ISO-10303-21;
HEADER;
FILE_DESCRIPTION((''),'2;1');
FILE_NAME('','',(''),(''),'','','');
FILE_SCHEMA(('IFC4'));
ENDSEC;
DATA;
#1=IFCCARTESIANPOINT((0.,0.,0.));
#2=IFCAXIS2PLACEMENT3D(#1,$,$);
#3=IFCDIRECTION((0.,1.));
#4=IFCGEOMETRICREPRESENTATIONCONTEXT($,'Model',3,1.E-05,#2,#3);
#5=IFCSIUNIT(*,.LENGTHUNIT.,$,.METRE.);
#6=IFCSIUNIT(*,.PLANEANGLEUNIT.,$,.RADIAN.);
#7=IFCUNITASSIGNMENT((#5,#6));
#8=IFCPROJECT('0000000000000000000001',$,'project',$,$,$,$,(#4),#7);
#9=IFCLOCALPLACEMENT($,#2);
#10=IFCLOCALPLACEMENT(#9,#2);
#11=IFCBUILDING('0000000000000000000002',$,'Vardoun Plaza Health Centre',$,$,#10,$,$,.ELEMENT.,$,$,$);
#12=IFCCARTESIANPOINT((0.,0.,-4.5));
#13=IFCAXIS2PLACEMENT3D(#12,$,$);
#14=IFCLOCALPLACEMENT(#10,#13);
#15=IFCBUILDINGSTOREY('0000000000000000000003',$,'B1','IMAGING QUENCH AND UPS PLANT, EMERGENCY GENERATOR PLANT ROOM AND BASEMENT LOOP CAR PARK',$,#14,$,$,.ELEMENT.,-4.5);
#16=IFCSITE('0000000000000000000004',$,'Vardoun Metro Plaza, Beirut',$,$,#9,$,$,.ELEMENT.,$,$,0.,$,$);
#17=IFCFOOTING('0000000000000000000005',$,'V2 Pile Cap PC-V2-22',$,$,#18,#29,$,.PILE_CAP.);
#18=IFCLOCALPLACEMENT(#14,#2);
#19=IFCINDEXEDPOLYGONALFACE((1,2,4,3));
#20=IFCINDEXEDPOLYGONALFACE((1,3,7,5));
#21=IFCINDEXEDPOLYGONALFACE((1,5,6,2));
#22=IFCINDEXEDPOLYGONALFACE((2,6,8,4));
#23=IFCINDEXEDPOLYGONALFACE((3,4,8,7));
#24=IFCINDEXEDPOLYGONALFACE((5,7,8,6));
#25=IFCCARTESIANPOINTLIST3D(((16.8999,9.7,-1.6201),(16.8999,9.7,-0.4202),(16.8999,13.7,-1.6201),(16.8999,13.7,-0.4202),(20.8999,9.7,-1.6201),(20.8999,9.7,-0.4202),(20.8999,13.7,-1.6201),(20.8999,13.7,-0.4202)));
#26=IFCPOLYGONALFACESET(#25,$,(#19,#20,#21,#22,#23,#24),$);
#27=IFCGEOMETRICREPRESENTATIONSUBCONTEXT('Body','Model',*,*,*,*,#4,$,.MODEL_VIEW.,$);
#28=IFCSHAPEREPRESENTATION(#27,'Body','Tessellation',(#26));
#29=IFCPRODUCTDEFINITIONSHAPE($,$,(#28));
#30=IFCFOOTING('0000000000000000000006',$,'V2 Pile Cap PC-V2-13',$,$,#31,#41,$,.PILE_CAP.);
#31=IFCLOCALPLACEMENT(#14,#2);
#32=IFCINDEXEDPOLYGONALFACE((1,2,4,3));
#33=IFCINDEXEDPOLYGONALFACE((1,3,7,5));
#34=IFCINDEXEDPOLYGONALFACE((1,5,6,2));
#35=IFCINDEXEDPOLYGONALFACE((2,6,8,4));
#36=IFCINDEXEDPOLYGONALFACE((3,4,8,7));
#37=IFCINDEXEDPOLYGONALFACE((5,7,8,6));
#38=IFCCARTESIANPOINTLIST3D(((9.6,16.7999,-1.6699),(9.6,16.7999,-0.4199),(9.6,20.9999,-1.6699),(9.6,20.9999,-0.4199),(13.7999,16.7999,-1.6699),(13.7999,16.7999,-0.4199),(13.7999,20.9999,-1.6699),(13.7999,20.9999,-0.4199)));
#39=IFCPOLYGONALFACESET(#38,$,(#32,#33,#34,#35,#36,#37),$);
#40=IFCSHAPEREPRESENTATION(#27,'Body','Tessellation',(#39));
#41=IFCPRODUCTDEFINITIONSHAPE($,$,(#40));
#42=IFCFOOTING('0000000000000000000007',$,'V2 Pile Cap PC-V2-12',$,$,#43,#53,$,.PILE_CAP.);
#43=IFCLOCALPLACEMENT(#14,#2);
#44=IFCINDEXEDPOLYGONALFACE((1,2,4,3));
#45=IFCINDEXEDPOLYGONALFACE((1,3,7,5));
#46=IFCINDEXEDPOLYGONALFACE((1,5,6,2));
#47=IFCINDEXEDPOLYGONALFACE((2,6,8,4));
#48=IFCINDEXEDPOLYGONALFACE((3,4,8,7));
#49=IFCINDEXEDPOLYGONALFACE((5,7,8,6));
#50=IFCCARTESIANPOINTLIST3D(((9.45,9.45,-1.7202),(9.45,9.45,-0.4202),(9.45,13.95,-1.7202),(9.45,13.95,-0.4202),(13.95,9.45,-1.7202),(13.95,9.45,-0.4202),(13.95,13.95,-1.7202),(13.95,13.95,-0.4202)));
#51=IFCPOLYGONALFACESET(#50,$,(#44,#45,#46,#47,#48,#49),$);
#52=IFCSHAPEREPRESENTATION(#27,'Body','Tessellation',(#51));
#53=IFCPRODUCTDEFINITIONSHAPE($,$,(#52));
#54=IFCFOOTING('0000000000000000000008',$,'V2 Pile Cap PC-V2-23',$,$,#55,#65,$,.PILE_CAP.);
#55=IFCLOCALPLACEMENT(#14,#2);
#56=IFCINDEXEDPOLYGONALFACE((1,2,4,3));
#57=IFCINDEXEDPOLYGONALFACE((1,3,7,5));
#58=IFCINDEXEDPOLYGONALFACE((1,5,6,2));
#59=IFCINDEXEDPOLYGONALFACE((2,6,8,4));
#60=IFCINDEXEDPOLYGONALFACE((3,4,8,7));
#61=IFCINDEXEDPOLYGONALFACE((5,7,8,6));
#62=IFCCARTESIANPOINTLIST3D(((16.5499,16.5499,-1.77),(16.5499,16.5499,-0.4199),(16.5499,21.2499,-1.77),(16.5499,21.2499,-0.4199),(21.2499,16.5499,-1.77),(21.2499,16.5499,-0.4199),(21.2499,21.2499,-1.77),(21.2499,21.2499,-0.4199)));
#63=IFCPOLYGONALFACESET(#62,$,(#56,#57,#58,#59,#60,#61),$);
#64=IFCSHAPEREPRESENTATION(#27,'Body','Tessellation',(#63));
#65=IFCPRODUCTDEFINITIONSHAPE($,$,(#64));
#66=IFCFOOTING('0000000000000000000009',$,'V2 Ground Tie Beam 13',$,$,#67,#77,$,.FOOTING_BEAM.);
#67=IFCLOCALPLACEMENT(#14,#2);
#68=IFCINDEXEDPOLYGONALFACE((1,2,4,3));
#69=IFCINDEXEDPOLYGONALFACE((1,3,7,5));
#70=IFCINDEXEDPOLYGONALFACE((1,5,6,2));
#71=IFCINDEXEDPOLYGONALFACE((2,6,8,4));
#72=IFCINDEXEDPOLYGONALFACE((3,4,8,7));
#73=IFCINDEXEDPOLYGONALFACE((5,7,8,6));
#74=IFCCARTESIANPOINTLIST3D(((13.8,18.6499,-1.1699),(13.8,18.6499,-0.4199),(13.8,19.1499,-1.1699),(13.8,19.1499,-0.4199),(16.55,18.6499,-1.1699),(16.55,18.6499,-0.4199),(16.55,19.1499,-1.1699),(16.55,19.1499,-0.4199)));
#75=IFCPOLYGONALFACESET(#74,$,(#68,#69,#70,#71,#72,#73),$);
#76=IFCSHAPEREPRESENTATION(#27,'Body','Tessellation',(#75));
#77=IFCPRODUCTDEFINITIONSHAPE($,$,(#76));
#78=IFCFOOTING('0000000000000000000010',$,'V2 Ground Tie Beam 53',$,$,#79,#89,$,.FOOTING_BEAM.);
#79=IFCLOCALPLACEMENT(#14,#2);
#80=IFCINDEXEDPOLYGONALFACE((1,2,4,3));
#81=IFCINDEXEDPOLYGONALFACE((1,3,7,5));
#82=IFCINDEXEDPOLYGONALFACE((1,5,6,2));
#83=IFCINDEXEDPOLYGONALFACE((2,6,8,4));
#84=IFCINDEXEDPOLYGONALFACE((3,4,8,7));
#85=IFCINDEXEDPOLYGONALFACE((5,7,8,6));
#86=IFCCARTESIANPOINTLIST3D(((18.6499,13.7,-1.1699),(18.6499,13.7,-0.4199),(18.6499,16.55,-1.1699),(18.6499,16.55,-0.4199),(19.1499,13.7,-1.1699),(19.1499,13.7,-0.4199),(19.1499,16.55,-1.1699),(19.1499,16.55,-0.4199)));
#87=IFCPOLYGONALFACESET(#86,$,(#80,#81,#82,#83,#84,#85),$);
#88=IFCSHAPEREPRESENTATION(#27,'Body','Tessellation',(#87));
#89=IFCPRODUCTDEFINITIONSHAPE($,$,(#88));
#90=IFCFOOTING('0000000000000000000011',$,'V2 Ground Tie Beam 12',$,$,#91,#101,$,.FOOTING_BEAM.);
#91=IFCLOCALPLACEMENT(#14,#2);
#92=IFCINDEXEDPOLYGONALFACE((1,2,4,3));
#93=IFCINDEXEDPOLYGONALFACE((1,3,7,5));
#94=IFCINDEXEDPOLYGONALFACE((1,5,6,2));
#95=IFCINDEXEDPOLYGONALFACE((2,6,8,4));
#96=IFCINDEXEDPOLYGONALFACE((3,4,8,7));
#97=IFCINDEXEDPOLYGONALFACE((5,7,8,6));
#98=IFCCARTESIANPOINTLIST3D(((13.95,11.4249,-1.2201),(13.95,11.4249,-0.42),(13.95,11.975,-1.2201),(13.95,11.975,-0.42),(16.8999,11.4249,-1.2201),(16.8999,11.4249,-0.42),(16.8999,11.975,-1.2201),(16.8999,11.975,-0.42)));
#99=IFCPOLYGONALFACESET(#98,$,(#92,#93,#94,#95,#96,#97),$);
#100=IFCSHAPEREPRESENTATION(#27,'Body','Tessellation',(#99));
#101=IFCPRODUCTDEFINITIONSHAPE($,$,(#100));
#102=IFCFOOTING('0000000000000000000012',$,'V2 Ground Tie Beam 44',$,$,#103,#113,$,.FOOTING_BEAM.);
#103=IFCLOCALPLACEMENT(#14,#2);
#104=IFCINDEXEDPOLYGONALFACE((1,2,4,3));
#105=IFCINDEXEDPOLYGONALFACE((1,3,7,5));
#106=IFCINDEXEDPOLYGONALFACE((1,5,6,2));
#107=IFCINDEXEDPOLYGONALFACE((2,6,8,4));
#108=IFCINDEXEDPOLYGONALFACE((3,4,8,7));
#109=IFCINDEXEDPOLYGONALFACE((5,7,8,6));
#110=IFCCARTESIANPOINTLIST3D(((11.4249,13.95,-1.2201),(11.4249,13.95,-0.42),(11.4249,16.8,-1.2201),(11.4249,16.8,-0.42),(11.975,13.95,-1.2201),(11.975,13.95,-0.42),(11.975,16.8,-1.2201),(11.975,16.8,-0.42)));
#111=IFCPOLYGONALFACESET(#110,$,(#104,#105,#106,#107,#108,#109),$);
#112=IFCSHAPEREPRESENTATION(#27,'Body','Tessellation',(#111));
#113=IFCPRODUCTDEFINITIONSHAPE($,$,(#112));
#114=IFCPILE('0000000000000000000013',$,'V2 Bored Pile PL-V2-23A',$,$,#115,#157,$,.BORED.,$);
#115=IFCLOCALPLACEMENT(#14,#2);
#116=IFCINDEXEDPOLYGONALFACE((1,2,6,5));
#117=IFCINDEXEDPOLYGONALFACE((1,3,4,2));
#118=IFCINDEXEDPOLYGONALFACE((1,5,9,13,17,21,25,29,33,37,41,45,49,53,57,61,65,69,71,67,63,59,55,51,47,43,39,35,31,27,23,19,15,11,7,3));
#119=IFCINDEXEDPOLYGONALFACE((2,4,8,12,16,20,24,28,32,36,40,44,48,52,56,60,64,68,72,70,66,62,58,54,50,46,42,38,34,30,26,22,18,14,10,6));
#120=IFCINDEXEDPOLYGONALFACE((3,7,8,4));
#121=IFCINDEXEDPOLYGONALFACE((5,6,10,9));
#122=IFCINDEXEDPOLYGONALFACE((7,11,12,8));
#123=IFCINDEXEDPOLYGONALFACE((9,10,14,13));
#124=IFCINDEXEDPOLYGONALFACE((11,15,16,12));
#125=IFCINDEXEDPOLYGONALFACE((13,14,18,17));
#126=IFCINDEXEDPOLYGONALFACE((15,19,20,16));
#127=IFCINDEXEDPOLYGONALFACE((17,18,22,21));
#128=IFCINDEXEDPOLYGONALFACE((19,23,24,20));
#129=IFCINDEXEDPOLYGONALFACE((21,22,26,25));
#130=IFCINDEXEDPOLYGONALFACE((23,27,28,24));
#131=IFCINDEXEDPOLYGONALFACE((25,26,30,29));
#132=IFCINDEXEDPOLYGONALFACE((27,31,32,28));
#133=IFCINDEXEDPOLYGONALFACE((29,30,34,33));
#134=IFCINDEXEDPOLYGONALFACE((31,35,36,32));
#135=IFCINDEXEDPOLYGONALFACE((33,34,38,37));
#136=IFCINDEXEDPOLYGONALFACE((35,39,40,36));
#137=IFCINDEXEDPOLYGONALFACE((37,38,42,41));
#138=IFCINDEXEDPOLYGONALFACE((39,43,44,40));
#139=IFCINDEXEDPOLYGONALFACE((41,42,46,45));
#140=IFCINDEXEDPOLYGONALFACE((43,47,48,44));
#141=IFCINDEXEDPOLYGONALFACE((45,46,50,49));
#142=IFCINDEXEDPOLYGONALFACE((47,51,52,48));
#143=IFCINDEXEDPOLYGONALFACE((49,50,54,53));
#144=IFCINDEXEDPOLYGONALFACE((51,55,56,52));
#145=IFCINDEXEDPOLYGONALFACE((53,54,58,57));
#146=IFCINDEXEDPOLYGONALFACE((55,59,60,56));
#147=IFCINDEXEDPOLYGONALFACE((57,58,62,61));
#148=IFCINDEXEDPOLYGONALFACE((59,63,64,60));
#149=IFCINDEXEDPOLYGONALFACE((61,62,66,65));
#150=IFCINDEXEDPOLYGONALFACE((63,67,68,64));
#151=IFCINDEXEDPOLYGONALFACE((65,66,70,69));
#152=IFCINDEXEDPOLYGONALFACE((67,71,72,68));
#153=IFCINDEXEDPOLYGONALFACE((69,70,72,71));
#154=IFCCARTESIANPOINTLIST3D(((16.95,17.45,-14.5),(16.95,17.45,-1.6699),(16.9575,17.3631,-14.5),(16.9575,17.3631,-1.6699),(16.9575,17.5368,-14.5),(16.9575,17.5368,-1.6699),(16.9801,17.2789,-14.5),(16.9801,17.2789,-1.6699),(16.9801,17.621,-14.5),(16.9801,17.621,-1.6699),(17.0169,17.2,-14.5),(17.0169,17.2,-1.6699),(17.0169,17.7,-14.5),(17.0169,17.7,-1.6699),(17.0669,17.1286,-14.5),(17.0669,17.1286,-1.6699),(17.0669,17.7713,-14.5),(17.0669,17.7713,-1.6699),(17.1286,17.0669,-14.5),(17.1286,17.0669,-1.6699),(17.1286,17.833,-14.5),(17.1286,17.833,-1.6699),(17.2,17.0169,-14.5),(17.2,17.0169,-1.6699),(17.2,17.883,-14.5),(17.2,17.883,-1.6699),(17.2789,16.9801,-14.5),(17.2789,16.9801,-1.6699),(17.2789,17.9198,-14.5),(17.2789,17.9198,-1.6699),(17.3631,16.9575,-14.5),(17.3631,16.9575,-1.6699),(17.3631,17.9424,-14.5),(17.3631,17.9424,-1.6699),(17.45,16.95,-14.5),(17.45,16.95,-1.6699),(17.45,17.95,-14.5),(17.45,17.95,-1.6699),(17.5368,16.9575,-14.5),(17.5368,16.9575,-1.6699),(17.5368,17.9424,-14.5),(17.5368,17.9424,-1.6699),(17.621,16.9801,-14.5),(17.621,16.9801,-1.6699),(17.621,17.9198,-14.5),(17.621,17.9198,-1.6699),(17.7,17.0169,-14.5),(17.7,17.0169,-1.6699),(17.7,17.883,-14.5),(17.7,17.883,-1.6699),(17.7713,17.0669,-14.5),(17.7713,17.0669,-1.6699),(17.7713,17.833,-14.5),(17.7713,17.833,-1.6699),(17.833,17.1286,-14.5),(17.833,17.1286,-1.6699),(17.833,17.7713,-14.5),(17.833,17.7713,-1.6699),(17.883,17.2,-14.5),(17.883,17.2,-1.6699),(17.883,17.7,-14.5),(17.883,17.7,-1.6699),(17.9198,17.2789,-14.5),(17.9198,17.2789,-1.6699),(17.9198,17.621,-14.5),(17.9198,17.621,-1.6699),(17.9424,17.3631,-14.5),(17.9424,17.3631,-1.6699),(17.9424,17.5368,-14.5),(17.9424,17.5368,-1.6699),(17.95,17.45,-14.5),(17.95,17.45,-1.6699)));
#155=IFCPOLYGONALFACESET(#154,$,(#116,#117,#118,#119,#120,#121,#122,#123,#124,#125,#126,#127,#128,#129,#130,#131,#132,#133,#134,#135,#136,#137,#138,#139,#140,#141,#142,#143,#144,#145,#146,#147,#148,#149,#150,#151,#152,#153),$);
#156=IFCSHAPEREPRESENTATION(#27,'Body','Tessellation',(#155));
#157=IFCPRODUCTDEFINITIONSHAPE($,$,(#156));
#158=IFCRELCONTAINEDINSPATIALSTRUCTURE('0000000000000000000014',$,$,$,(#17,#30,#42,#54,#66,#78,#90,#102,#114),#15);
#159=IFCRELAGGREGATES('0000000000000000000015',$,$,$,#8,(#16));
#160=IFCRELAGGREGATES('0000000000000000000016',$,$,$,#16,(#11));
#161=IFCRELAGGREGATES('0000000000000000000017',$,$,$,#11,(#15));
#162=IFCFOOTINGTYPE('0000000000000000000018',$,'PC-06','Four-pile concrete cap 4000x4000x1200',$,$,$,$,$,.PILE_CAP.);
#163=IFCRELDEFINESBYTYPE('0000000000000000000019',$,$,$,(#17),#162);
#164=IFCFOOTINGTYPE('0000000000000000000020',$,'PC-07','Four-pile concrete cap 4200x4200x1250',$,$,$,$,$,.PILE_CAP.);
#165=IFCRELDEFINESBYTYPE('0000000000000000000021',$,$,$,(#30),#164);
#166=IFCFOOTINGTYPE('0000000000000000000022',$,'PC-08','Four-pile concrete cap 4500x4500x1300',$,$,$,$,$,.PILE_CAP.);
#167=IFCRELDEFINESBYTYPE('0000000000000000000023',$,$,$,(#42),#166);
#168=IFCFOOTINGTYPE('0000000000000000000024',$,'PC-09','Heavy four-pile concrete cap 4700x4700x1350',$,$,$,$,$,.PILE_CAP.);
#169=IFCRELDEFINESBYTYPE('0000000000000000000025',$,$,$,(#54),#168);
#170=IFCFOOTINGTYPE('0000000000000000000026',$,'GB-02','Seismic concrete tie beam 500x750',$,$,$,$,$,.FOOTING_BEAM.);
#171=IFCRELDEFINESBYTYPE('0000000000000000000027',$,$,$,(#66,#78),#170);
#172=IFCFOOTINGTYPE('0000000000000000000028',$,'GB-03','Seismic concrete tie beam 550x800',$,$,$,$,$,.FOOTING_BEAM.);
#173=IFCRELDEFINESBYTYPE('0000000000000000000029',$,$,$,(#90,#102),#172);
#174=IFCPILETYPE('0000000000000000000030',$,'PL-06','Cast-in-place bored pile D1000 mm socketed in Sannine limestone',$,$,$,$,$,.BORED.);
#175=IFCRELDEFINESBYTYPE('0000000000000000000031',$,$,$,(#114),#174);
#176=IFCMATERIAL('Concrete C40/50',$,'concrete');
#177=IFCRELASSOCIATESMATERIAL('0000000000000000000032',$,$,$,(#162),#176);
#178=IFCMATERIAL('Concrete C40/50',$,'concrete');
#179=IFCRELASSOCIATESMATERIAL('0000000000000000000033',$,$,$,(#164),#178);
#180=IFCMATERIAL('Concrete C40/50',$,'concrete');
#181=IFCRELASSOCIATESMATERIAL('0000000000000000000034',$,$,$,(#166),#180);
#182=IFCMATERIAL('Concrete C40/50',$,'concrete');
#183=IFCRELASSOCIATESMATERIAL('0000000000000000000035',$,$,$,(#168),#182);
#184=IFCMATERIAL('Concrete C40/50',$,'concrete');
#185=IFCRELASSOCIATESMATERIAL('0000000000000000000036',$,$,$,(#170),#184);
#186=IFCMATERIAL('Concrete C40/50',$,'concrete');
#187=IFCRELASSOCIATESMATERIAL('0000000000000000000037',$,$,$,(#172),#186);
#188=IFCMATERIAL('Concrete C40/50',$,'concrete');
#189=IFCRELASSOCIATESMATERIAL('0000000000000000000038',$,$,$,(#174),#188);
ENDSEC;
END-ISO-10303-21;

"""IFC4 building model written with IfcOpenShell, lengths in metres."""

from ifc_helpers import new_model, si_unit, direction, frame, origin, origin_2d, place, context, subcontext, project, spatial, rectangle, circle, extrude, material, material_profile, profile_set, type_object, element, save


model = new_model("IFC4")

# Units and contexts
model_context = context("Model", 3, precision=1e-05, world=origin(), true_north=direction((0.0, 1.0)))
body_context = subcontext(model_context, "Body", "Model", "MODEL_VIEW")
ifc_project = project(units=[si_unit("LENGTHUNIT", "METRE"), si_unit("PLANEANGLEUNIT", "RADIAN")], contexts=[model_context])

# Site, building, storey
site_placement = place(None, origin())
site = spatial("IfcSite", under=ifc_project, at=site_placement, Name="Vardoun Metro Plaza, Beirut", CompositionType="ELEMENT", RefElevation=0.0)
building_placement = place(site_placement, origin())
building = spatial("IfcBuilding", under=site, at=building_placement, Name="Vardoun Plaza Health Centre", CompositionType="ELEMENT")
storey_placement = place(building_placement, frame((0.0, 0.0, -4.5)))
storey = spatial("IfcBuildingStorey", under=building, at=storey_placement, Name="B1", Description="IMAGING QUENCH AND UPS PLANT, EMERGENCY GENERATOR PLANT ROOM AND BASEMENT LOOP CAR PARK", CompositionType="ELEMENT", Elevation=-4.5)

# Footings
ifc_material_1 = material(Name="Concrete C40/50", Category="concrete")
footing_type_1 = type_object("IfcFootingType", Name="PC-06", Description="Four-pile concrete cap 4000x4000x1200", PredefinedType="PILE_CAP", material=ifc_material_1)
footing_1_placement = place(storey_placement, frame((18.8999, 11.7, -1.6201), z_axis=(0.0, 0.0, 1.0), x_axis=(1.0, 0.0, 0.0)))
element("IfcFooting", 1, at=footing_1_placement, inside=storey, type_object=footing_type_1, Name="V2 Pile Cap PC-V2-22", PredefinedType="PILE_CAP", context=body_context, shape_type="SweptSolid", body=[
    extrude(rectangle(XDim=4.0, YDim=4.0, at=origin_2d()), origin(), (0.0, 0.0, 1.0), 1.2),
])
ifc_material_2 = material(Name="Concrete C40/50", Category="concrete")
footing_type_2 = type_object("IfcFootingType", Name="PC-07", Description="Four-pile concrete cap 4200x4200x1250", PredefinedType="PILE_CAP", material=ifc_material_2)
footing_2_placement = place(storey_placement, frame((11.7, 18.8999, -1.6699), z_axis=(0.0, 0.0, 1.0), x_axis=(1.0, 0.0, 0.0)))
element("IfcFooting", 2, at=footing_2_placement, inside=storey, type_object=footing_type_2, Name="V2 Pile Cap PC-V2-13", PredefinedType="PILE_CAP", context=body_context, shape_type="SweptSolid", body=[
    extrude(rectangle(XDim=4.2, YDim=4.2, at=origin_2d()), origin(), (0.0, 0.0, 1.0), 1.25),
])
ifc_material_3 = material(Name="Concrete C40/50", Category="concrete")
footing_type_3 = type_object("IfcFootingType", Name="PC-08", Description="Four-pile concrete cap 4500x4500x1300", PredefinedType="PILE_CAP", material=ifc_material_3)
footing_3_placement = place(storey_placement, frame((11.7, 11.7, -1.7202), z_axis=(0.0, 0.0, 1.0), x_axis=(1.0, 0.0, 0.0)))
element("IfcFooting", 3, at=footing_3_placement, inside=storey, type_object=footing_type_3, Name="V2 Pile Cap PC-V2-12", PredefinedType="PILE_CAP", context=body_context, shape_type="SweptSolid", body=[
    extrude(rectangle(XDim=4.5, YDim=4.5, at=origin_2d()), origin(), (0.0, 0.0, 1.0), 1.3),
])
ifc_material_4 = material(Name="Concrete C40/50", Category="concrete")
footing_type_4 = type_object("IfcFootingType", Name="PC-09", Description="Heavy four-pile concrete cap 4700x4700x1350", PredefinedType="PILE_CAP", material=ifc_material_4)
footing_4_placement = place(storey_placement, frame((18.8999, 18.8999, -1.77), z_axis=(0.0, 0.0, 1.0), x_axis=(1.0, 0.0, 0.0)))
element("IfcFooting", 4, at=footing_4_placement, inside=storey, type_object=footing_type_4, Name="V2 Pile Cap PC-V2-23", PredefinedType="PILE_CAP", context=body_context, shape_type="SweptSolid", body=[
    extrude(rectangle(XDim=4.7, YDim=4.7, at=origin_2d()), origin(), (0.0, 0.0, 1.0), 1.3501),
])
ifc_material_5 = material(Name="Concrete C40/50", Category="concrete")
ifc_material_profile_1 = material_profile(ifc_material_5, rectangle(XDim=0.5, YDim=0.75, at=origin_2d()), Name="GB 500x750")
ifc_profile_set_1 = profile_set([ifc_material_profile_1], Name="Concrete C40/50")
footing_type_5 = type_object("IfcFootingType", Name="GB-02", Description="Seismic concrete tie beam 500x750", PredefinedType="FOOTING_BEAM", material=ifc_profile_set_1)
footing_5_placement = place(storey_placement, frame((13.8, 18.8999, -0.7949), z_axis=(1.0, 0.0, 0.0), x_axis=(0.0, 1.0, 0.0)))
element("IfcFooting", 5, at=footing_5_placement, inside=storey, type_object=footing_type_5, Name="V2 Ground Tie Beam 13", PredefinedType="FOOTING_BEAM", context=body_context, shape_type="SweptSolid", body=[
    extrude(rectangle(XDim=0.5, YDim=0.75, at=origin_2d()), origin(), (0.0, 0.0, 1.0), 2.75),
])
footing_6_placement = place(storey_placement, frame((18.8999, 13.7, -0.7949), z_axis=(0.0, 1.0, 0.0), x_axis=(-1.0, 0.0, 0.0)))
element("IfcFooting", 6, at=footing_6_placement, inside=storey, type_object=footing_type_5, Name="V2 Ground Tie Beam 53", PredefinedType="FOOTING_BEAM", context=body_context, shape_type="SweptSolid", body=[
    extrude(rectangle(XDim=0.5, YDim=0.75, at=origin_2d()), origin(), (0.0, 0.0, 1.0), 2.8501),
])
ifc_material_6 = material(Name="Concrete C40/50", Category="concrete")
ifc_material_profile_2 = material_profile(ifc_material_6, rectangle(XDim=0.55, YDim=0.8, at=origin_2d()), Name="GB 550x800")
ifc_profile_set_2 = profile_set([ifc_material_profile_2], Name="Concrete C40/50")
footing_type_6 = type_object("IfcFootingType", Name="GB-03", Description="Seismic concrete tie beam 550x800", PredefinedType="FOOTING_BEAM", material=ifc_profile_set_2)
footing_7_placement = place(storey_placement, frame((13.95, 11.7, -0.8201), z_axis=(1.0, 0.0, 0.0), x_axis=(0.0, 1.0, 0.0)))
element("IfcFooting", 7, at=footing_7_placement, inside=storey, type_object=footing_type_6, Name="V2 Ground Tie Beam 12", PredefinedType="FOOTING_BEAM", context=body_context, shape_type="SweptSolid", body=[
    extrude(rectangle(XDim=0.55, YDim=0.8, at=origin_2d()), origin(), (0.0, 0.0, 1.0), 2.95),
])
footing_8_placement = place(storey_placement, frame((11.7, 13.95, -0.8201), z_axis=(0.0, 1.0, 0.0), x_axis=(-1.0, 0.0, 0.0)))
element("IfcFooting", 8, at=footing_8_placement, inside=storey, type_object=footing_type_6, Name="V2 Ground Tie Beam 44", PredefinedType="FOOTING_BEAM", context=body_context, shape_type="SweptSolid", body=[
    extrude(rectangle(XDim=0.55, YDim=0.8, at=origin_2d()), origin(), (0.0, 0.0, 1.0), 2.8501),
])

# Pile
ifc_material_7 = material(Name="Concrete C40/50", Category="concrete")
ifc_material_profile_3 = material_profile(ifc_material_7, circle(Radius=0.5, at=origin_2d()), Name="PILE D1000")
ifc_profile_set_3 = profile_set([ifc_material_profile_3], Name="Concrete C40/50")
pile_type_1 = type_object("IfcPileType", Name="PL-06", Description="Cast-in-place bored pile D1000 mm socketed in Sannine limestone", PredefinedType="BORED", material=ifc_profile_set_3)
for number, where, z_axis, x_axis, name in (
    (9, (17.45, 17.45, -1.6699), (0.0, 0.0, -1.0), (1.0, 0.0, 0.0), "V2 Bored Pile PL-V2-23A"),
):
    element("IfcPile", number, at=place(storey_placement, frame(where, z_axis=z_axis, x_axis=x_axis)), inside=storey, type_object=pile_type_1, Name=name, PredefinedType="BORED", context=body_context, shape_type="SweptSolid", body=[
        extrude(circle(Radius=0.5, at=origin_2d()), origin(), (0.0, 0.0, 1.0), 12.8301),
    ])

save(model, "model.ifc")
